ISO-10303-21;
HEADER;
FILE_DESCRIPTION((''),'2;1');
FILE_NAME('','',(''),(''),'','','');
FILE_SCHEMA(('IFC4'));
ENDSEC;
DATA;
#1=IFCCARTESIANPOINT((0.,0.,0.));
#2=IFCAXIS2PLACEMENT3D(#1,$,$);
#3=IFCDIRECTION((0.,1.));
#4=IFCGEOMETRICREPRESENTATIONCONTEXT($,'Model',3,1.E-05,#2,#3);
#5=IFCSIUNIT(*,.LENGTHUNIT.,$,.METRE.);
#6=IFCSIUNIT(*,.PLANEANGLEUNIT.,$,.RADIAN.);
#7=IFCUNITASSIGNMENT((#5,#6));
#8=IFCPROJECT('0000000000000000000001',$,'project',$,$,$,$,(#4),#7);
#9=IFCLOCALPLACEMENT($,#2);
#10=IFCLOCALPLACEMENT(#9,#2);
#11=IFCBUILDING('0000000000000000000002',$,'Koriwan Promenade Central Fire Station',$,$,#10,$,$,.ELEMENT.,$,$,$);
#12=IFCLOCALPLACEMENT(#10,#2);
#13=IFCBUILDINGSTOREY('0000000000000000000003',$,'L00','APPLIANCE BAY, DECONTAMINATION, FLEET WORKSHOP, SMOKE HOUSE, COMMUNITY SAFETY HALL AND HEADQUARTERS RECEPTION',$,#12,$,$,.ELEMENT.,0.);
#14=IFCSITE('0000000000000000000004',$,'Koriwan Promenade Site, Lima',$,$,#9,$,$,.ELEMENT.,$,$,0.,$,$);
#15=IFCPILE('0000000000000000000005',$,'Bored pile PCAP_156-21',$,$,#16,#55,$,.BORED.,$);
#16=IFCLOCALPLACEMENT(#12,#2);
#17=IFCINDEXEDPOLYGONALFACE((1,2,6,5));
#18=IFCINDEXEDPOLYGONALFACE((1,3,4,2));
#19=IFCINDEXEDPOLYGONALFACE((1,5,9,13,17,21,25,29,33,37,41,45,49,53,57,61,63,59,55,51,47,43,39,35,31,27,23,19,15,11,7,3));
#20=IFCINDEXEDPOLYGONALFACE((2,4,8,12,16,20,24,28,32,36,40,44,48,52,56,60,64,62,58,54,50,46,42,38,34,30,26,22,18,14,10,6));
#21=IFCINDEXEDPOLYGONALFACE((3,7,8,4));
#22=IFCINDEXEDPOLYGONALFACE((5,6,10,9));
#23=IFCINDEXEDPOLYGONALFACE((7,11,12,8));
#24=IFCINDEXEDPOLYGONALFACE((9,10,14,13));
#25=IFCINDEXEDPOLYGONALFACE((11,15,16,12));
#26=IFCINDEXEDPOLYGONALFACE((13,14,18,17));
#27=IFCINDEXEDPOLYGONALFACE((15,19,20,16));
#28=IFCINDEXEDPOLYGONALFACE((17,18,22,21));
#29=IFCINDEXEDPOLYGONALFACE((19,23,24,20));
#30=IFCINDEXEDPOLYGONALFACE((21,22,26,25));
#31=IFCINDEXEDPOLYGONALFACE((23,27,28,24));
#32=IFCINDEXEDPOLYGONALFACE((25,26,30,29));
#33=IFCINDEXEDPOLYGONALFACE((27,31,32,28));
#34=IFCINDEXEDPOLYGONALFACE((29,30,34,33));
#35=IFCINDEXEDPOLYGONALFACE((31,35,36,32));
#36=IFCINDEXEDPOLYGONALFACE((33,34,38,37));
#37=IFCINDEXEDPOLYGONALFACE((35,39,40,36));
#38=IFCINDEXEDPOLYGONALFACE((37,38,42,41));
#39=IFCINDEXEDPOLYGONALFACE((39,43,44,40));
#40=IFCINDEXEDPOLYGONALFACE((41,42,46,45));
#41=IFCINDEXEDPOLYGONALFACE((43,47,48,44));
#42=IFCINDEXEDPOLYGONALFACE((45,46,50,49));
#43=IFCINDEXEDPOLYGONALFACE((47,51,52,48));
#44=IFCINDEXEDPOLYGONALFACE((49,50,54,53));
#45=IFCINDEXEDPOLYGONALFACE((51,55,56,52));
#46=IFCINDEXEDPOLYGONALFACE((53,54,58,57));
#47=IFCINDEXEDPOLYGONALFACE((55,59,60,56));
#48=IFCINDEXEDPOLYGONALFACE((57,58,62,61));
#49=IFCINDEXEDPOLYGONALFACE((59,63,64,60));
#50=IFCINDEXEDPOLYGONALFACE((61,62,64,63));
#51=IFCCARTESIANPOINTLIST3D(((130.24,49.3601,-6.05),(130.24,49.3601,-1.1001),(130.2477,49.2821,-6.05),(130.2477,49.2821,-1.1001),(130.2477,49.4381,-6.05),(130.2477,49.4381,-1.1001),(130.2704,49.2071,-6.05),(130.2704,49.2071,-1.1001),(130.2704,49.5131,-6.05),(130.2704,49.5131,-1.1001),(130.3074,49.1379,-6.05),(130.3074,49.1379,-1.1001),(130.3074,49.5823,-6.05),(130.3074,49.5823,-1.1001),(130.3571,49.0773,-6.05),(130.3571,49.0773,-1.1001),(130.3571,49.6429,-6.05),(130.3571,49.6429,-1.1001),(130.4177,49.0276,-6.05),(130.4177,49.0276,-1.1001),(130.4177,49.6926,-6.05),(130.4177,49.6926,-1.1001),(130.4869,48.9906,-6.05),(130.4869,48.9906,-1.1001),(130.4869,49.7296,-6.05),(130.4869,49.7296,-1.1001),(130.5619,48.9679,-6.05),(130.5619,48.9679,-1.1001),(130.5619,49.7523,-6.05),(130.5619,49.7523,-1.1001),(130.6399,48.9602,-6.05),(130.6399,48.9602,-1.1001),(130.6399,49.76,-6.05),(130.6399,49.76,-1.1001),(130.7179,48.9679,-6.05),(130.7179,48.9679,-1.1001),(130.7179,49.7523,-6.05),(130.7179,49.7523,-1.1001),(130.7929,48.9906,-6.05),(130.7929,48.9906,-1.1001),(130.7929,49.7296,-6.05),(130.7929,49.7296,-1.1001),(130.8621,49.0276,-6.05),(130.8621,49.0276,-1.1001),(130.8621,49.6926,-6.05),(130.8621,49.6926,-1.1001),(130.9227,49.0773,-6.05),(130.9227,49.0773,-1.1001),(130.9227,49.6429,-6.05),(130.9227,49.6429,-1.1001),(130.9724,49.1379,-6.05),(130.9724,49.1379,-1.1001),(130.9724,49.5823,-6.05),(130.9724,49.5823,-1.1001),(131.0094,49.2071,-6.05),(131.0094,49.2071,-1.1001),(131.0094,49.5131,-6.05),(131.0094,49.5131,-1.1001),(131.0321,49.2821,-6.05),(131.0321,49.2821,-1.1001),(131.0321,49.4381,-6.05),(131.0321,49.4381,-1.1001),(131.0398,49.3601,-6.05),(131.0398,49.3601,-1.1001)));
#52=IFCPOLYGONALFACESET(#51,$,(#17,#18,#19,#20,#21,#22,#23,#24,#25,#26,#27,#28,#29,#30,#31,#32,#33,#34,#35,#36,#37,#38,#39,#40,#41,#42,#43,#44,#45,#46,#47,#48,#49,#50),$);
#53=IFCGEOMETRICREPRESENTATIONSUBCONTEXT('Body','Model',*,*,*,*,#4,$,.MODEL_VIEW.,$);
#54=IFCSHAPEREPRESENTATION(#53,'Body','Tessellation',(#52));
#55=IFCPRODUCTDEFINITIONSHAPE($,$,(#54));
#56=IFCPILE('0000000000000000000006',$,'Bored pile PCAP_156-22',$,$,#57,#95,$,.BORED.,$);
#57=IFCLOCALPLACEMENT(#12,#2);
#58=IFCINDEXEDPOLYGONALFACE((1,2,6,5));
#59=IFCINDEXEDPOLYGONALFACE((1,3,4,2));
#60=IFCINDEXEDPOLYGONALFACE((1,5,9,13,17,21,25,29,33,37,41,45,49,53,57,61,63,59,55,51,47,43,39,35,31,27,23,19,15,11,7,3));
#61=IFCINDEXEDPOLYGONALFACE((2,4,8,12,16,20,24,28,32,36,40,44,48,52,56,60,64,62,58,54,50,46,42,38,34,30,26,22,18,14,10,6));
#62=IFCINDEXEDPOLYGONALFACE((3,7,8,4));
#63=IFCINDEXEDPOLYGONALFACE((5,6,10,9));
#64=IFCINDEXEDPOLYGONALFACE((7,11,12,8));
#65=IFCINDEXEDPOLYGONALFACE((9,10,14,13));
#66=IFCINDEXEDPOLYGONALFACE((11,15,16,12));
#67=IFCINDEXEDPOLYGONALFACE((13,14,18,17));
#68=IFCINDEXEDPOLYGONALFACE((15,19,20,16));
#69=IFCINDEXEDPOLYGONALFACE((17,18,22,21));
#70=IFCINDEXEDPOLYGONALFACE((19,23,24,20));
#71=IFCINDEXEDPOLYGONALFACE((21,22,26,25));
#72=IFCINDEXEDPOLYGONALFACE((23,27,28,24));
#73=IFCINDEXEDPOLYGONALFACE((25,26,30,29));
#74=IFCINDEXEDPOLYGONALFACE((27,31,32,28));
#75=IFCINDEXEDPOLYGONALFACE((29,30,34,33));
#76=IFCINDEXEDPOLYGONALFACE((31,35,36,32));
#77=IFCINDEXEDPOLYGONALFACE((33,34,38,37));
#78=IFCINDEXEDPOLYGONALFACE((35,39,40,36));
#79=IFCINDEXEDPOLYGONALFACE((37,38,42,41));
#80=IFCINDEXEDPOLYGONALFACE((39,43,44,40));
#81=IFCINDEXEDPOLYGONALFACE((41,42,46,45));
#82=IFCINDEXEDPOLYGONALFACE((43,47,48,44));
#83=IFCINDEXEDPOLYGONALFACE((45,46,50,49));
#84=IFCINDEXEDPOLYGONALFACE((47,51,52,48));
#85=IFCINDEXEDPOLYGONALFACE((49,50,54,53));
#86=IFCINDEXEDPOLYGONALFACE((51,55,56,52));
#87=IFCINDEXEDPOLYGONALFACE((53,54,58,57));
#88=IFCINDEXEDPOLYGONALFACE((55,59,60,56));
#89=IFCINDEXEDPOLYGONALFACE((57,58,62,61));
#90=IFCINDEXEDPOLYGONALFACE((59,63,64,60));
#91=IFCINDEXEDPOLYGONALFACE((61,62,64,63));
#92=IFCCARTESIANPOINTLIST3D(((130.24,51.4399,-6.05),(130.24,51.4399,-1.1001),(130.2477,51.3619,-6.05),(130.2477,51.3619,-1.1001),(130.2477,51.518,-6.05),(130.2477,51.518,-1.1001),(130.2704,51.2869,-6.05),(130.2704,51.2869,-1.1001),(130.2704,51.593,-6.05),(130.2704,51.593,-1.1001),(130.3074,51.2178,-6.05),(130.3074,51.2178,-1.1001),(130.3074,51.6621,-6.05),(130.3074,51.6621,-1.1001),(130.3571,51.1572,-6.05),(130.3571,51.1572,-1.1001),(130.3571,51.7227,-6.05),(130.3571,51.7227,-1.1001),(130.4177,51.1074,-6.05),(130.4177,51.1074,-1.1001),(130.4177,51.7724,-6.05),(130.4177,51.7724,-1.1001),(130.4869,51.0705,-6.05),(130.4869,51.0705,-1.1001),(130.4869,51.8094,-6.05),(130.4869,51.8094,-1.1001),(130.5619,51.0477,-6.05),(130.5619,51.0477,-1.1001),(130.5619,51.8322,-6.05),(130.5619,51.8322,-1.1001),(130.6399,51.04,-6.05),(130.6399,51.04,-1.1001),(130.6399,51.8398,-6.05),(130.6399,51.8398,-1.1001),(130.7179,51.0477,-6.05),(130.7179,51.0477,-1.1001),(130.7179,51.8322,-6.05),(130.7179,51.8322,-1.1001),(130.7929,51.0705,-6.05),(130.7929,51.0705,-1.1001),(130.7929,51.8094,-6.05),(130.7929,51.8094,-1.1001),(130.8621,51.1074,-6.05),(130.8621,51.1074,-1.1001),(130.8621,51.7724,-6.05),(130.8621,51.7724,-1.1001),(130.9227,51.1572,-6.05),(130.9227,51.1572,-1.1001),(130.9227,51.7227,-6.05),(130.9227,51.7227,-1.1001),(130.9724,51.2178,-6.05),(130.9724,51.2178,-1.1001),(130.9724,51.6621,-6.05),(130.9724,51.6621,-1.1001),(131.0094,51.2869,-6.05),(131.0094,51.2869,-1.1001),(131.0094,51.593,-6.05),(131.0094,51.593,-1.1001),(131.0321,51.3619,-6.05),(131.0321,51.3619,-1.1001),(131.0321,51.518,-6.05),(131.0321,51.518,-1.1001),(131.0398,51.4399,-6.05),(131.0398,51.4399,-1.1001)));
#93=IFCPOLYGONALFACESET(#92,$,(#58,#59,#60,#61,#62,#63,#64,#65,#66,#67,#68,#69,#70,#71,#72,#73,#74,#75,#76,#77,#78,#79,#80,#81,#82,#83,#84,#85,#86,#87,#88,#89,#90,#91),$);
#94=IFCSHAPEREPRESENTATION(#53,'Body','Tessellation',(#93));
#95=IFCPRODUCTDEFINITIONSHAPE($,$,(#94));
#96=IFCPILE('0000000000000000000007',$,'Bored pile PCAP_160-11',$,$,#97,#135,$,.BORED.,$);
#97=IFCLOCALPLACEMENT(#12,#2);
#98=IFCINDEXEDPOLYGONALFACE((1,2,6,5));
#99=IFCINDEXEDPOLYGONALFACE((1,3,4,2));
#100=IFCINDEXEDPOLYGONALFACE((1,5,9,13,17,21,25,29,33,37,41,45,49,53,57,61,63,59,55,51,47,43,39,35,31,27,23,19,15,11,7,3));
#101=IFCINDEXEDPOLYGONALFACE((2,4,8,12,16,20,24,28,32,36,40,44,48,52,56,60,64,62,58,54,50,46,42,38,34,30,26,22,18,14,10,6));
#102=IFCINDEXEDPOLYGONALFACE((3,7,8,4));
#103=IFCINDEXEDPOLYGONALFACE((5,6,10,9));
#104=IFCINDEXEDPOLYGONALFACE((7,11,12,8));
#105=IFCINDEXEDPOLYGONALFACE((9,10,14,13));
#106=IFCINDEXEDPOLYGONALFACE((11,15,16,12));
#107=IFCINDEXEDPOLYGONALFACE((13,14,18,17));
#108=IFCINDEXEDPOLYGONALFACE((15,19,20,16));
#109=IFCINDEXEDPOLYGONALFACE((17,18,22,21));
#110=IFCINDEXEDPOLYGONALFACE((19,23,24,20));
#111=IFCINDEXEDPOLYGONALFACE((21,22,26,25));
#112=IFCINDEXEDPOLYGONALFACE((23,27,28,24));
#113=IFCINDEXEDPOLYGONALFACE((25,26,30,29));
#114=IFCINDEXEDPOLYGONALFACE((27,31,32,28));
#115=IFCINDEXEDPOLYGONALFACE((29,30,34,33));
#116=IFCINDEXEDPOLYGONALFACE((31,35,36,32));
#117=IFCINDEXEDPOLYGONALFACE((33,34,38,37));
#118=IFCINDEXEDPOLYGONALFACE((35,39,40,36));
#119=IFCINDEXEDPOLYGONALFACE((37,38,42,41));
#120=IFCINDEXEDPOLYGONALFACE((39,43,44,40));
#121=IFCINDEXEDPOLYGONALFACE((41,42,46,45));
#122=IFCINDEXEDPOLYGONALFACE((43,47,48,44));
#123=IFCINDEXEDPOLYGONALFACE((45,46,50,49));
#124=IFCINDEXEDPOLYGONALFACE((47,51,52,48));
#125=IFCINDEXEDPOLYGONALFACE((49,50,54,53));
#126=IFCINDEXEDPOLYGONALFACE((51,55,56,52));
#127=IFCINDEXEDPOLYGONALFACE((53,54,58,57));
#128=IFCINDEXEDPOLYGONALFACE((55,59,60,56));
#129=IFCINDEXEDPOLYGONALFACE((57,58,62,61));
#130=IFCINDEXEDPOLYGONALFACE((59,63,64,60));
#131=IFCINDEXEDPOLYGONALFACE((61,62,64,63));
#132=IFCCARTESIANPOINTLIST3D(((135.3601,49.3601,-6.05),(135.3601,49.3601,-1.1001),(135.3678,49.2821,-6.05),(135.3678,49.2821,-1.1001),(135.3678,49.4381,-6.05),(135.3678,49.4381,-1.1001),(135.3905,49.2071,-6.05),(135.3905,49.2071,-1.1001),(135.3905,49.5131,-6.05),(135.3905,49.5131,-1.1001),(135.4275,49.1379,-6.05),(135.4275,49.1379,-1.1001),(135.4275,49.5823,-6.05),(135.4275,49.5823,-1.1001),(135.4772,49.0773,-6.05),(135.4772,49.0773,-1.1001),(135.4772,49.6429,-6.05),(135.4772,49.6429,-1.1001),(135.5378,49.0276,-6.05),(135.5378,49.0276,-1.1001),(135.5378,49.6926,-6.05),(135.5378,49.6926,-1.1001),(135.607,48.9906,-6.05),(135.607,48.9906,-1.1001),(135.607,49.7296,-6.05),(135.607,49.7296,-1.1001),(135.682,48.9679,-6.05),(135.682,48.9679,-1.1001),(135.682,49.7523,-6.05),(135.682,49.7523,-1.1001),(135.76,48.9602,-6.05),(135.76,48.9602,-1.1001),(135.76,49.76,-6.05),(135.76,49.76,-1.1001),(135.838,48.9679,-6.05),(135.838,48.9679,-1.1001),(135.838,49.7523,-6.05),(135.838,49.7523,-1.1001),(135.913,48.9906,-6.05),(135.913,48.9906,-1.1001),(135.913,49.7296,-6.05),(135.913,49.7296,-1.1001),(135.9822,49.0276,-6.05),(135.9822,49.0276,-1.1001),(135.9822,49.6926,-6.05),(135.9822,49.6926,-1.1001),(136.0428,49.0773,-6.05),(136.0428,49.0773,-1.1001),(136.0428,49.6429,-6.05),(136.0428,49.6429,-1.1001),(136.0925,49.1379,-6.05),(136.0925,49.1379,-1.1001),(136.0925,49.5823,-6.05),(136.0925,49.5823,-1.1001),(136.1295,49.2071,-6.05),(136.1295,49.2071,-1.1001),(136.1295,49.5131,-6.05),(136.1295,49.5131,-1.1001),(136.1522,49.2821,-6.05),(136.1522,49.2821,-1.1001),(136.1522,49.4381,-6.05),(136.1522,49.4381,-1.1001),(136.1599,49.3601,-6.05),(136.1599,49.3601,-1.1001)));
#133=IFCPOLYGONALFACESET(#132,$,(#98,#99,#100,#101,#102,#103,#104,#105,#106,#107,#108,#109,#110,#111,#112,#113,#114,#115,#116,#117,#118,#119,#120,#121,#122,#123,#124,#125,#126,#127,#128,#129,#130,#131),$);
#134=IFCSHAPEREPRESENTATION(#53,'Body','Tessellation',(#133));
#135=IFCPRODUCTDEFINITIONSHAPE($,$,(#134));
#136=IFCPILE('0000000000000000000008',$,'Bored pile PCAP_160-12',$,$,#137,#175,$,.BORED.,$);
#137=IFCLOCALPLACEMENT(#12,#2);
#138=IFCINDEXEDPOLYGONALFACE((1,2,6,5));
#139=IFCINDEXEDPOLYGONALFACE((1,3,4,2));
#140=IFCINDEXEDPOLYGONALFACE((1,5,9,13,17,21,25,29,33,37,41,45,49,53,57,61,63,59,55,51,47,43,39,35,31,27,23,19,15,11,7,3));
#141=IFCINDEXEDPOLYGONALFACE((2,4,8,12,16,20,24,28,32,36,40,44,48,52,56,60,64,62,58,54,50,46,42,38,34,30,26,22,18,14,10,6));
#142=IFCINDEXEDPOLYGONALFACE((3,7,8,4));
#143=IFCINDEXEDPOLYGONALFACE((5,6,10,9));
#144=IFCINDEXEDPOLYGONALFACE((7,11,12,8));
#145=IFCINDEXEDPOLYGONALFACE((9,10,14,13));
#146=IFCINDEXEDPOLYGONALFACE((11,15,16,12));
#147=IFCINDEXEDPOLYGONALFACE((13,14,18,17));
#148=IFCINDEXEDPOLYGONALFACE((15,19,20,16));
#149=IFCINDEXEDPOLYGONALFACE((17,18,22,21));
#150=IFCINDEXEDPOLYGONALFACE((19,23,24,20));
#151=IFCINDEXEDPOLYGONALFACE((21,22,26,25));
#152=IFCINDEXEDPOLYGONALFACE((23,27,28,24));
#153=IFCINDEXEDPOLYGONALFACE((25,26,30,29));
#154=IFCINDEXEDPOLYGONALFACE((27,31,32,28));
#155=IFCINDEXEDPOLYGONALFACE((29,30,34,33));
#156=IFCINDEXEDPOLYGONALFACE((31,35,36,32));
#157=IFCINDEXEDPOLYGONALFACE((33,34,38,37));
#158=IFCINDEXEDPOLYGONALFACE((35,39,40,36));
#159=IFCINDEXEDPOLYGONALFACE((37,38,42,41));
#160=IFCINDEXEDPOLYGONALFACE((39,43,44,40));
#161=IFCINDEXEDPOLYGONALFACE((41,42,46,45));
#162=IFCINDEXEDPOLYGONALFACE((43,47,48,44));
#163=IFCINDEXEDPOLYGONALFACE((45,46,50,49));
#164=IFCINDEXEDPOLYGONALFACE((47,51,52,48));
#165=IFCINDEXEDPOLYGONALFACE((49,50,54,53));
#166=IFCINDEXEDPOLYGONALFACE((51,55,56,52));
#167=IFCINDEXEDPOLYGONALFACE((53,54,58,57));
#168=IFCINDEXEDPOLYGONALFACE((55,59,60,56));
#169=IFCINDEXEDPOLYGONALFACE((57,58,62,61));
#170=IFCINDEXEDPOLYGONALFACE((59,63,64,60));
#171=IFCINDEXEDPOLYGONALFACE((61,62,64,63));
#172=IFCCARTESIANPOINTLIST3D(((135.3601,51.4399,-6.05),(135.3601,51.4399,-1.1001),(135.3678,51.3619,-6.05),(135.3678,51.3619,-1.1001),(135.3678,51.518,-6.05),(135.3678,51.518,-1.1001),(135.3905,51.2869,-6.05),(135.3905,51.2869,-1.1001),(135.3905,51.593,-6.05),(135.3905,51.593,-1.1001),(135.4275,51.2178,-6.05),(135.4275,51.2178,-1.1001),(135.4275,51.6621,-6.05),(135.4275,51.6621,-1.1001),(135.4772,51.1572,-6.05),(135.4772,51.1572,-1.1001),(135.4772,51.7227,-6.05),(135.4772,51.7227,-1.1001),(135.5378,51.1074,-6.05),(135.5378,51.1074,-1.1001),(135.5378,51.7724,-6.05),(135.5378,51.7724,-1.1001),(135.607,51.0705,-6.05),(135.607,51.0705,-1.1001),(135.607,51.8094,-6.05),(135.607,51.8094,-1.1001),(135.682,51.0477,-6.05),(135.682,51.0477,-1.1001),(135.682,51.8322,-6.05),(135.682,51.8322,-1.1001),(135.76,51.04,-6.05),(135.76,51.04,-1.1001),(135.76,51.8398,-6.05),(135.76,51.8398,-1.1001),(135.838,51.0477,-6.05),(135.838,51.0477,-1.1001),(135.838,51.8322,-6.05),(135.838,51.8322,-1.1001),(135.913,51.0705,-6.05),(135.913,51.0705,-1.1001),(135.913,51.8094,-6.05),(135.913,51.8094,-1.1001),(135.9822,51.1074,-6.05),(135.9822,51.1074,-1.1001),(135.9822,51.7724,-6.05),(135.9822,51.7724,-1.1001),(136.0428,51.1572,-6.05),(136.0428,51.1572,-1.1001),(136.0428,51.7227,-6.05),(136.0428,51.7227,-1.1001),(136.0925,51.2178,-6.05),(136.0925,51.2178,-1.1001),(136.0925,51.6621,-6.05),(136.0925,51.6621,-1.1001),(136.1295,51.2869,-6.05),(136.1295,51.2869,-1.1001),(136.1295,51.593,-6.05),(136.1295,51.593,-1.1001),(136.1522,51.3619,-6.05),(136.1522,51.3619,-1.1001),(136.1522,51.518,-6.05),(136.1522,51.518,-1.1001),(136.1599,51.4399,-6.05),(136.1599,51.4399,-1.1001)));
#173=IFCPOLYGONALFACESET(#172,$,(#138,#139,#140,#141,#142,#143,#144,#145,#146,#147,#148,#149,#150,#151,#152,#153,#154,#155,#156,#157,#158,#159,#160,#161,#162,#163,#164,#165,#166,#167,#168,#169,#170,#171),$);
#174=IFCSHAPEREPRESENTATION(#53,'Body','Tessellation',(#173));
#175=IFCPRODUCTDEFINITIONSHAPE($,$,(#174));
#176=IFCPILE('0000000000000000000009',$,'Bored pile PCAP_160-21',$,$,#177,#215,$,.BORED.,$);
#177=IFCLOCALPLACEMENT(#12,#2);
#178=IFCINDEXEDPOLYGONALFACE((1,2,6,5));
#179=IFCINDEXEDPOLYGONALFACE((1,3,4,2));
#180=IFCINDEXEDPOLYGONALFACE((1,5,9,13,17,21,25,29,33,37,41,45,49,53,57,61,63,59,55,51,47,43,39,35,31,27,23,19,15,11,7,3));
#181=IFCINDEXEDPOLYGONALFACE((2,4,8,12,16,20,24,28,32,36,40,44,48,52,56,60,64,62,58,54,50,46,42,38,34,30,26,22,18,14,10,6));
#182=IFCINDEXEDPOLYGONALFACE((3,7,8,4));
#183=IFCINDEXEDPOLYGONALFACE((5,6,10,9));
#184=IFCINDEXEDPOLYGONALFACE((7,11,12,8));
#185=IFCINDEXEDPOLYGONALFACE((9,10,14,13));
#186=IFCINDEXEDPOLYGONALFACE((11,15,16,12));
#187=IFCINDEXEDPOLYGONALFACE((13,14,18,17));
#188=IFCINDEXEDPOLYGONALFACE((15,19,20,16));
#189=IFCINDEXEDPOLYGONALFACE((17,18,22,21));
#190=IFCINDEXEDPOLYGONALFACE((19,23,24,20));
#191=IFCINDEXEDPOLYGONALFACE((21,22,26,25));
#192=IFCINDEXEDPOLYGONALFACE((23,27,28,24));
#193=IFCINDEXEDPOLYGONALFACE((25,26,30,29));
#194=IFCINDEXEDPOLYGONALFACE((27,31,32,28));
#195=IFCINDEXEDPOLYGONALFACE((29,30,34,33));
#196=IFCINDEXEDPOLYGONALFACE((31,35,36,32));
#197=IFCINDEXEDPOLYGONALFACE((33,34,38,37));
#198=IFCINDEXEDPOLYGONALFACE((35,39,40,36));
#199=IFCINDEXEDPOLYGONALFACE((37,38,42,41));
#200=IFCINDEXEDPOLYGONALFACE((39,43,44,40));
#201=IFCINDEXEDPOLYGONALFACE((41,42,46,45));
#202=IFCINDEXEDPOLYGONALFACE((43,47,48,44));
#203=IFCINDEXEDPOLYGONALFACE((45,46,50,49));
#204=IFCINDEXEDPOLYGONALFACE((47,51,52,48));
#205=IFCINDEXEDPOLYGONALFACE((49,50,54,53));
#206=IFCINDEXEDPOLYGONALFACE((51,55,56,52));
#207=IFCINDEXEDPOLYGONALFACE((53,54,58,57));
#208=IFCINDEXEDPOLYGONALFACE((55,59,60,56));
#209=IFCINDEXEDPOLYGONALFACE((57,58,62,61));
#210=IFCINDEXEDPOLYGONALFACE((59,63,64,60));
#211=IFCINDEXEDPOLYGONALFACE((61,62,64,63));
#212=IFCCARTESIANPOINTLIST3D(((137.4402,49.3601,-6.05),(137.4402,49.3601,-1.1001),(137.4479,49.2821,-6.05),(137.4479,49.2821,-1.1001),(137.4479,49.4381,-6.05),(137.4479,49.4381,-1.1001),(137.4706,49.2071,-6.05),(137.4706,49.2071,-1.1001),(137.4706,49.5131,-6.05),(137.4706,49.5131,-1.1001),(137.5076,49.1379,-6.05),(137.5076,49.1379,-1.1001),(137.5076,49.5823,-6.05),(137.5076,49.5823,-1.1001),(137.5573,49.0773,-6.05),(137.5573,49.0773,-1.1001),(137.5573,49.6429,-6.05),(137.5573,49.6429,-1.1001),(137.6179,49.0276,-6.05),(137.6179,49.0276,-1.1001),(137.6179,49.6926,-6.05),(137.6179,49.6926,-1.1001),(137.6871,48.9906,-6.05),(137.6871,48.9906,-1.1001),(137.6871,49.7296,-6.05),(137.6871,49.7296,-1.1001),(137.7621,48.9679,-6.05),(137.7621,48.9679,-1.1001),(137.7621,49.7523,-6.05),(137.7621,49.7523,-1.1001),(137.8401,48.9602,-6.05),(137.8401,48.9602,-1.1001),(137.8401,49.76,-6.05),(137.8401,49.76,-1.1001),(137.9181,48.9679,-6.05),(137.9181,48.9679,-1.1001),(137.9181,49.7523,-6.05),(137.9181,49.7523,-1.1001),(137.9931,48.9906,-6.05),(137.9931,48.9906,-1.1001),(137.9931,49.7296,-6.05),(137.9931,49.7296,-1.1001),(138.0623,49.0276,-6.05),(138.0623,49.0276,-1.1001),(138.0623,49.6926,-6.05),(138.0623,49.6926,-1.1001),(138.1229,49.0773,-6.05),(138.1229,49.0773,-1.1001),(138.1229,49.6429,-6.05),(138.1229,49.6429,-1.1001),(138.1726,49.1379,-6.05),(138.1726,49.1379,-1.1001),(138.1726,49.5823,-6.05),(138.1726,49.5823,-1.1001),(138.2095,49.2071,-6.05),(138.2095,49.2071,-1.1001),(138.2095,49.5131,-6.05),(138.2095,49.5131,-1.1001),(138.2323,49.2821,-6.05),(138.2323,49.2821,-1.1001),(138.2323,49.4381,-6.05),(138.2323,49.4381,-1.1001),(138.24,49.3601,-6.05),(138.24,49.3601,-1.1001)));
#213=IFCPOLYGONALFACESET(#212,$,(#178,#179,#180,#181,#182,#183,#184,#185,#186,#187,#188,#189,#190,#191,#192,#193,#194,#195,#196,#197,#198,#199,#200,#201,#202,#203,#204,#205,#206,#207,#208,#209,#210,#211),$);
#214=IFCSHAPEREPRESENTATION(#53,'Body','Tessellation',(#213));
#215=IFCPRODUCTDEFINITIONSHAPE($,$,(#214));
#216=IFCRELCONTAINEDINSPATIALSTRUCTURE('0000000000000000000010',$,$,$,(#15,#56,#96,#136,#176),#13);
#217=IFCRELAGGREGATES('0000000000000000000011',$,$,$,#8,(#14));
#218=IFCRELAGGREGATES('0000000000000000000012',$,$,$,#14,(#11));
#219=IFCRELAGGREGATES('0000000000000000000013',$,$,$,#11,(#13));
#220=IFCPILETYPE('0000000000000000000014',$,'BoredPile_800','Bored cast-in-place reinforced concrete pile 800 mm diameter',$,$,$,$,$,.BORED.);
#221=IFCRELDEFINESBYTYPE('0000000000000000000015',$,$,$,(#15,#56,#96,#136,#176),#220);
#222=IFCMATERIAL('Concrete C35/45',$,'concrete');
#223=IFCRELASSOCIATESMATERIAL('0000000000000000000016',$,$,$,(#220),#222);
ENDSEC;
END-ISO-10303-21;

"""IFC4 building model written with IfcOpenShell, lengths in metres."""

from ifc_helpers import new_model, si_unit, direction, frame, origin, origin_2d, place, context, subcontext, project, spatial, circle, extrude, material, material_profile, profile_set, type_object, element, save


model = new_model("IFC4")

# Units and contexts
model_context = context("Model", 3, precision=1e-05, world=origin(), true_north=direction((0.0, 1.0)))
body_context = subcontext(model_context, "Body", "Model", "MODEL_VIEW")
ifc_project = project(units=[si_unit("LENGTHUNIT", "METRE"), si_unit("PLANEANGLEUNIT", "RADIAN")], contexts=[model_context])

# Site, building, storey
site_placement = place(None, origin())
site = spatial("IfcSite", under=ifc_project, at=site_placement, Name="Koriwan Promenade Site, Lima", CompositionType="ELEMENT", RefElevation=0.0)
building_placement = place(site_placement, origin())
building = spatial("IfcBuilding", under=site, at=building_placement, Name="Koriwan Promenade Central Fire Station", CompositionType="ELEMENT")
storey_placement = place(building_placement, origin())
storey = spatial("IfcBuildingStorey", under=building, at=storey_placement, Name="L00", Description="APPLIANCE BAY, DECONTAMINATION, FLEET WORKSHOP, SMOKE HOUSE, COMMUNITY SAFETY HALL AND HEADQUARTERS RECEPTION", CompositionType="ELEMENT", Elevation=0.0)

# Piles
ifc_material_1 = material(Name="Concrete C35/45", Category="concrete")
ifc_material_profile_1 = material_profile(ifc_material_1, circle(Radius=0.3999, at=origin_2d()), Name="PILE-D800")
ifc_profile_set_1 = profile_set([ifc_material_profile_1], Name="Concrete C35/45")
pile_type_1 = type_object("IfcPileType", Name="BoredPile_800", Description="Bored cast-in-place reinforced concrete pile 800 mm diameter", PredefinedType="BORED", material=ifc_profile_set_1)
for number, where, z_axis, x_axis, name in (
    (1, (130.6399, 49.3601, -1.1001), (0.0, 0.0, -1.0), (1.0, 0.0, 0.0), "Bored pile PCAP_156-21"),
    (2, (130.6399, 51.4399, -1.1001), (0.0, 0.0, -1.0), (1.0, 0.0, 0.0), "Bored pile PCAP_156-22"),
    (3, (135.76, 49.3601, -1.1001), (0.0, 0.0, -1.0), (1.0, 0.0, 0.0), "Bored pile PCAP_160-11"),
    (4, (135.76, 51.4399, -1.1001), (0.0, 0.0, -1.0), (1.0, 0.0, 0.0), "Bored pile PCAP_160-12"),
    (5, (137.8401, 49.3601, -1.1001), (0.0, 0.0, -1.0), (1.0, 0.0, 0.0), "Bored pile PCAP_160-21"),
):
    element("IfcPile", number, at=place(storey_placement, frame(where, z_axis=z_axis, x_axis=x_axis)), inside=storey, type_object=pile_type_1, Name=name, PredefinedType="BORED", context=body_context, shape_type="SweptSolid", body=[
        extrude(circle(Radius=0.3999, at=origin_2d()), origin(), (0.0, 0.0, 1.0), 4.95),
    ])

save(model, "model.ifc")
